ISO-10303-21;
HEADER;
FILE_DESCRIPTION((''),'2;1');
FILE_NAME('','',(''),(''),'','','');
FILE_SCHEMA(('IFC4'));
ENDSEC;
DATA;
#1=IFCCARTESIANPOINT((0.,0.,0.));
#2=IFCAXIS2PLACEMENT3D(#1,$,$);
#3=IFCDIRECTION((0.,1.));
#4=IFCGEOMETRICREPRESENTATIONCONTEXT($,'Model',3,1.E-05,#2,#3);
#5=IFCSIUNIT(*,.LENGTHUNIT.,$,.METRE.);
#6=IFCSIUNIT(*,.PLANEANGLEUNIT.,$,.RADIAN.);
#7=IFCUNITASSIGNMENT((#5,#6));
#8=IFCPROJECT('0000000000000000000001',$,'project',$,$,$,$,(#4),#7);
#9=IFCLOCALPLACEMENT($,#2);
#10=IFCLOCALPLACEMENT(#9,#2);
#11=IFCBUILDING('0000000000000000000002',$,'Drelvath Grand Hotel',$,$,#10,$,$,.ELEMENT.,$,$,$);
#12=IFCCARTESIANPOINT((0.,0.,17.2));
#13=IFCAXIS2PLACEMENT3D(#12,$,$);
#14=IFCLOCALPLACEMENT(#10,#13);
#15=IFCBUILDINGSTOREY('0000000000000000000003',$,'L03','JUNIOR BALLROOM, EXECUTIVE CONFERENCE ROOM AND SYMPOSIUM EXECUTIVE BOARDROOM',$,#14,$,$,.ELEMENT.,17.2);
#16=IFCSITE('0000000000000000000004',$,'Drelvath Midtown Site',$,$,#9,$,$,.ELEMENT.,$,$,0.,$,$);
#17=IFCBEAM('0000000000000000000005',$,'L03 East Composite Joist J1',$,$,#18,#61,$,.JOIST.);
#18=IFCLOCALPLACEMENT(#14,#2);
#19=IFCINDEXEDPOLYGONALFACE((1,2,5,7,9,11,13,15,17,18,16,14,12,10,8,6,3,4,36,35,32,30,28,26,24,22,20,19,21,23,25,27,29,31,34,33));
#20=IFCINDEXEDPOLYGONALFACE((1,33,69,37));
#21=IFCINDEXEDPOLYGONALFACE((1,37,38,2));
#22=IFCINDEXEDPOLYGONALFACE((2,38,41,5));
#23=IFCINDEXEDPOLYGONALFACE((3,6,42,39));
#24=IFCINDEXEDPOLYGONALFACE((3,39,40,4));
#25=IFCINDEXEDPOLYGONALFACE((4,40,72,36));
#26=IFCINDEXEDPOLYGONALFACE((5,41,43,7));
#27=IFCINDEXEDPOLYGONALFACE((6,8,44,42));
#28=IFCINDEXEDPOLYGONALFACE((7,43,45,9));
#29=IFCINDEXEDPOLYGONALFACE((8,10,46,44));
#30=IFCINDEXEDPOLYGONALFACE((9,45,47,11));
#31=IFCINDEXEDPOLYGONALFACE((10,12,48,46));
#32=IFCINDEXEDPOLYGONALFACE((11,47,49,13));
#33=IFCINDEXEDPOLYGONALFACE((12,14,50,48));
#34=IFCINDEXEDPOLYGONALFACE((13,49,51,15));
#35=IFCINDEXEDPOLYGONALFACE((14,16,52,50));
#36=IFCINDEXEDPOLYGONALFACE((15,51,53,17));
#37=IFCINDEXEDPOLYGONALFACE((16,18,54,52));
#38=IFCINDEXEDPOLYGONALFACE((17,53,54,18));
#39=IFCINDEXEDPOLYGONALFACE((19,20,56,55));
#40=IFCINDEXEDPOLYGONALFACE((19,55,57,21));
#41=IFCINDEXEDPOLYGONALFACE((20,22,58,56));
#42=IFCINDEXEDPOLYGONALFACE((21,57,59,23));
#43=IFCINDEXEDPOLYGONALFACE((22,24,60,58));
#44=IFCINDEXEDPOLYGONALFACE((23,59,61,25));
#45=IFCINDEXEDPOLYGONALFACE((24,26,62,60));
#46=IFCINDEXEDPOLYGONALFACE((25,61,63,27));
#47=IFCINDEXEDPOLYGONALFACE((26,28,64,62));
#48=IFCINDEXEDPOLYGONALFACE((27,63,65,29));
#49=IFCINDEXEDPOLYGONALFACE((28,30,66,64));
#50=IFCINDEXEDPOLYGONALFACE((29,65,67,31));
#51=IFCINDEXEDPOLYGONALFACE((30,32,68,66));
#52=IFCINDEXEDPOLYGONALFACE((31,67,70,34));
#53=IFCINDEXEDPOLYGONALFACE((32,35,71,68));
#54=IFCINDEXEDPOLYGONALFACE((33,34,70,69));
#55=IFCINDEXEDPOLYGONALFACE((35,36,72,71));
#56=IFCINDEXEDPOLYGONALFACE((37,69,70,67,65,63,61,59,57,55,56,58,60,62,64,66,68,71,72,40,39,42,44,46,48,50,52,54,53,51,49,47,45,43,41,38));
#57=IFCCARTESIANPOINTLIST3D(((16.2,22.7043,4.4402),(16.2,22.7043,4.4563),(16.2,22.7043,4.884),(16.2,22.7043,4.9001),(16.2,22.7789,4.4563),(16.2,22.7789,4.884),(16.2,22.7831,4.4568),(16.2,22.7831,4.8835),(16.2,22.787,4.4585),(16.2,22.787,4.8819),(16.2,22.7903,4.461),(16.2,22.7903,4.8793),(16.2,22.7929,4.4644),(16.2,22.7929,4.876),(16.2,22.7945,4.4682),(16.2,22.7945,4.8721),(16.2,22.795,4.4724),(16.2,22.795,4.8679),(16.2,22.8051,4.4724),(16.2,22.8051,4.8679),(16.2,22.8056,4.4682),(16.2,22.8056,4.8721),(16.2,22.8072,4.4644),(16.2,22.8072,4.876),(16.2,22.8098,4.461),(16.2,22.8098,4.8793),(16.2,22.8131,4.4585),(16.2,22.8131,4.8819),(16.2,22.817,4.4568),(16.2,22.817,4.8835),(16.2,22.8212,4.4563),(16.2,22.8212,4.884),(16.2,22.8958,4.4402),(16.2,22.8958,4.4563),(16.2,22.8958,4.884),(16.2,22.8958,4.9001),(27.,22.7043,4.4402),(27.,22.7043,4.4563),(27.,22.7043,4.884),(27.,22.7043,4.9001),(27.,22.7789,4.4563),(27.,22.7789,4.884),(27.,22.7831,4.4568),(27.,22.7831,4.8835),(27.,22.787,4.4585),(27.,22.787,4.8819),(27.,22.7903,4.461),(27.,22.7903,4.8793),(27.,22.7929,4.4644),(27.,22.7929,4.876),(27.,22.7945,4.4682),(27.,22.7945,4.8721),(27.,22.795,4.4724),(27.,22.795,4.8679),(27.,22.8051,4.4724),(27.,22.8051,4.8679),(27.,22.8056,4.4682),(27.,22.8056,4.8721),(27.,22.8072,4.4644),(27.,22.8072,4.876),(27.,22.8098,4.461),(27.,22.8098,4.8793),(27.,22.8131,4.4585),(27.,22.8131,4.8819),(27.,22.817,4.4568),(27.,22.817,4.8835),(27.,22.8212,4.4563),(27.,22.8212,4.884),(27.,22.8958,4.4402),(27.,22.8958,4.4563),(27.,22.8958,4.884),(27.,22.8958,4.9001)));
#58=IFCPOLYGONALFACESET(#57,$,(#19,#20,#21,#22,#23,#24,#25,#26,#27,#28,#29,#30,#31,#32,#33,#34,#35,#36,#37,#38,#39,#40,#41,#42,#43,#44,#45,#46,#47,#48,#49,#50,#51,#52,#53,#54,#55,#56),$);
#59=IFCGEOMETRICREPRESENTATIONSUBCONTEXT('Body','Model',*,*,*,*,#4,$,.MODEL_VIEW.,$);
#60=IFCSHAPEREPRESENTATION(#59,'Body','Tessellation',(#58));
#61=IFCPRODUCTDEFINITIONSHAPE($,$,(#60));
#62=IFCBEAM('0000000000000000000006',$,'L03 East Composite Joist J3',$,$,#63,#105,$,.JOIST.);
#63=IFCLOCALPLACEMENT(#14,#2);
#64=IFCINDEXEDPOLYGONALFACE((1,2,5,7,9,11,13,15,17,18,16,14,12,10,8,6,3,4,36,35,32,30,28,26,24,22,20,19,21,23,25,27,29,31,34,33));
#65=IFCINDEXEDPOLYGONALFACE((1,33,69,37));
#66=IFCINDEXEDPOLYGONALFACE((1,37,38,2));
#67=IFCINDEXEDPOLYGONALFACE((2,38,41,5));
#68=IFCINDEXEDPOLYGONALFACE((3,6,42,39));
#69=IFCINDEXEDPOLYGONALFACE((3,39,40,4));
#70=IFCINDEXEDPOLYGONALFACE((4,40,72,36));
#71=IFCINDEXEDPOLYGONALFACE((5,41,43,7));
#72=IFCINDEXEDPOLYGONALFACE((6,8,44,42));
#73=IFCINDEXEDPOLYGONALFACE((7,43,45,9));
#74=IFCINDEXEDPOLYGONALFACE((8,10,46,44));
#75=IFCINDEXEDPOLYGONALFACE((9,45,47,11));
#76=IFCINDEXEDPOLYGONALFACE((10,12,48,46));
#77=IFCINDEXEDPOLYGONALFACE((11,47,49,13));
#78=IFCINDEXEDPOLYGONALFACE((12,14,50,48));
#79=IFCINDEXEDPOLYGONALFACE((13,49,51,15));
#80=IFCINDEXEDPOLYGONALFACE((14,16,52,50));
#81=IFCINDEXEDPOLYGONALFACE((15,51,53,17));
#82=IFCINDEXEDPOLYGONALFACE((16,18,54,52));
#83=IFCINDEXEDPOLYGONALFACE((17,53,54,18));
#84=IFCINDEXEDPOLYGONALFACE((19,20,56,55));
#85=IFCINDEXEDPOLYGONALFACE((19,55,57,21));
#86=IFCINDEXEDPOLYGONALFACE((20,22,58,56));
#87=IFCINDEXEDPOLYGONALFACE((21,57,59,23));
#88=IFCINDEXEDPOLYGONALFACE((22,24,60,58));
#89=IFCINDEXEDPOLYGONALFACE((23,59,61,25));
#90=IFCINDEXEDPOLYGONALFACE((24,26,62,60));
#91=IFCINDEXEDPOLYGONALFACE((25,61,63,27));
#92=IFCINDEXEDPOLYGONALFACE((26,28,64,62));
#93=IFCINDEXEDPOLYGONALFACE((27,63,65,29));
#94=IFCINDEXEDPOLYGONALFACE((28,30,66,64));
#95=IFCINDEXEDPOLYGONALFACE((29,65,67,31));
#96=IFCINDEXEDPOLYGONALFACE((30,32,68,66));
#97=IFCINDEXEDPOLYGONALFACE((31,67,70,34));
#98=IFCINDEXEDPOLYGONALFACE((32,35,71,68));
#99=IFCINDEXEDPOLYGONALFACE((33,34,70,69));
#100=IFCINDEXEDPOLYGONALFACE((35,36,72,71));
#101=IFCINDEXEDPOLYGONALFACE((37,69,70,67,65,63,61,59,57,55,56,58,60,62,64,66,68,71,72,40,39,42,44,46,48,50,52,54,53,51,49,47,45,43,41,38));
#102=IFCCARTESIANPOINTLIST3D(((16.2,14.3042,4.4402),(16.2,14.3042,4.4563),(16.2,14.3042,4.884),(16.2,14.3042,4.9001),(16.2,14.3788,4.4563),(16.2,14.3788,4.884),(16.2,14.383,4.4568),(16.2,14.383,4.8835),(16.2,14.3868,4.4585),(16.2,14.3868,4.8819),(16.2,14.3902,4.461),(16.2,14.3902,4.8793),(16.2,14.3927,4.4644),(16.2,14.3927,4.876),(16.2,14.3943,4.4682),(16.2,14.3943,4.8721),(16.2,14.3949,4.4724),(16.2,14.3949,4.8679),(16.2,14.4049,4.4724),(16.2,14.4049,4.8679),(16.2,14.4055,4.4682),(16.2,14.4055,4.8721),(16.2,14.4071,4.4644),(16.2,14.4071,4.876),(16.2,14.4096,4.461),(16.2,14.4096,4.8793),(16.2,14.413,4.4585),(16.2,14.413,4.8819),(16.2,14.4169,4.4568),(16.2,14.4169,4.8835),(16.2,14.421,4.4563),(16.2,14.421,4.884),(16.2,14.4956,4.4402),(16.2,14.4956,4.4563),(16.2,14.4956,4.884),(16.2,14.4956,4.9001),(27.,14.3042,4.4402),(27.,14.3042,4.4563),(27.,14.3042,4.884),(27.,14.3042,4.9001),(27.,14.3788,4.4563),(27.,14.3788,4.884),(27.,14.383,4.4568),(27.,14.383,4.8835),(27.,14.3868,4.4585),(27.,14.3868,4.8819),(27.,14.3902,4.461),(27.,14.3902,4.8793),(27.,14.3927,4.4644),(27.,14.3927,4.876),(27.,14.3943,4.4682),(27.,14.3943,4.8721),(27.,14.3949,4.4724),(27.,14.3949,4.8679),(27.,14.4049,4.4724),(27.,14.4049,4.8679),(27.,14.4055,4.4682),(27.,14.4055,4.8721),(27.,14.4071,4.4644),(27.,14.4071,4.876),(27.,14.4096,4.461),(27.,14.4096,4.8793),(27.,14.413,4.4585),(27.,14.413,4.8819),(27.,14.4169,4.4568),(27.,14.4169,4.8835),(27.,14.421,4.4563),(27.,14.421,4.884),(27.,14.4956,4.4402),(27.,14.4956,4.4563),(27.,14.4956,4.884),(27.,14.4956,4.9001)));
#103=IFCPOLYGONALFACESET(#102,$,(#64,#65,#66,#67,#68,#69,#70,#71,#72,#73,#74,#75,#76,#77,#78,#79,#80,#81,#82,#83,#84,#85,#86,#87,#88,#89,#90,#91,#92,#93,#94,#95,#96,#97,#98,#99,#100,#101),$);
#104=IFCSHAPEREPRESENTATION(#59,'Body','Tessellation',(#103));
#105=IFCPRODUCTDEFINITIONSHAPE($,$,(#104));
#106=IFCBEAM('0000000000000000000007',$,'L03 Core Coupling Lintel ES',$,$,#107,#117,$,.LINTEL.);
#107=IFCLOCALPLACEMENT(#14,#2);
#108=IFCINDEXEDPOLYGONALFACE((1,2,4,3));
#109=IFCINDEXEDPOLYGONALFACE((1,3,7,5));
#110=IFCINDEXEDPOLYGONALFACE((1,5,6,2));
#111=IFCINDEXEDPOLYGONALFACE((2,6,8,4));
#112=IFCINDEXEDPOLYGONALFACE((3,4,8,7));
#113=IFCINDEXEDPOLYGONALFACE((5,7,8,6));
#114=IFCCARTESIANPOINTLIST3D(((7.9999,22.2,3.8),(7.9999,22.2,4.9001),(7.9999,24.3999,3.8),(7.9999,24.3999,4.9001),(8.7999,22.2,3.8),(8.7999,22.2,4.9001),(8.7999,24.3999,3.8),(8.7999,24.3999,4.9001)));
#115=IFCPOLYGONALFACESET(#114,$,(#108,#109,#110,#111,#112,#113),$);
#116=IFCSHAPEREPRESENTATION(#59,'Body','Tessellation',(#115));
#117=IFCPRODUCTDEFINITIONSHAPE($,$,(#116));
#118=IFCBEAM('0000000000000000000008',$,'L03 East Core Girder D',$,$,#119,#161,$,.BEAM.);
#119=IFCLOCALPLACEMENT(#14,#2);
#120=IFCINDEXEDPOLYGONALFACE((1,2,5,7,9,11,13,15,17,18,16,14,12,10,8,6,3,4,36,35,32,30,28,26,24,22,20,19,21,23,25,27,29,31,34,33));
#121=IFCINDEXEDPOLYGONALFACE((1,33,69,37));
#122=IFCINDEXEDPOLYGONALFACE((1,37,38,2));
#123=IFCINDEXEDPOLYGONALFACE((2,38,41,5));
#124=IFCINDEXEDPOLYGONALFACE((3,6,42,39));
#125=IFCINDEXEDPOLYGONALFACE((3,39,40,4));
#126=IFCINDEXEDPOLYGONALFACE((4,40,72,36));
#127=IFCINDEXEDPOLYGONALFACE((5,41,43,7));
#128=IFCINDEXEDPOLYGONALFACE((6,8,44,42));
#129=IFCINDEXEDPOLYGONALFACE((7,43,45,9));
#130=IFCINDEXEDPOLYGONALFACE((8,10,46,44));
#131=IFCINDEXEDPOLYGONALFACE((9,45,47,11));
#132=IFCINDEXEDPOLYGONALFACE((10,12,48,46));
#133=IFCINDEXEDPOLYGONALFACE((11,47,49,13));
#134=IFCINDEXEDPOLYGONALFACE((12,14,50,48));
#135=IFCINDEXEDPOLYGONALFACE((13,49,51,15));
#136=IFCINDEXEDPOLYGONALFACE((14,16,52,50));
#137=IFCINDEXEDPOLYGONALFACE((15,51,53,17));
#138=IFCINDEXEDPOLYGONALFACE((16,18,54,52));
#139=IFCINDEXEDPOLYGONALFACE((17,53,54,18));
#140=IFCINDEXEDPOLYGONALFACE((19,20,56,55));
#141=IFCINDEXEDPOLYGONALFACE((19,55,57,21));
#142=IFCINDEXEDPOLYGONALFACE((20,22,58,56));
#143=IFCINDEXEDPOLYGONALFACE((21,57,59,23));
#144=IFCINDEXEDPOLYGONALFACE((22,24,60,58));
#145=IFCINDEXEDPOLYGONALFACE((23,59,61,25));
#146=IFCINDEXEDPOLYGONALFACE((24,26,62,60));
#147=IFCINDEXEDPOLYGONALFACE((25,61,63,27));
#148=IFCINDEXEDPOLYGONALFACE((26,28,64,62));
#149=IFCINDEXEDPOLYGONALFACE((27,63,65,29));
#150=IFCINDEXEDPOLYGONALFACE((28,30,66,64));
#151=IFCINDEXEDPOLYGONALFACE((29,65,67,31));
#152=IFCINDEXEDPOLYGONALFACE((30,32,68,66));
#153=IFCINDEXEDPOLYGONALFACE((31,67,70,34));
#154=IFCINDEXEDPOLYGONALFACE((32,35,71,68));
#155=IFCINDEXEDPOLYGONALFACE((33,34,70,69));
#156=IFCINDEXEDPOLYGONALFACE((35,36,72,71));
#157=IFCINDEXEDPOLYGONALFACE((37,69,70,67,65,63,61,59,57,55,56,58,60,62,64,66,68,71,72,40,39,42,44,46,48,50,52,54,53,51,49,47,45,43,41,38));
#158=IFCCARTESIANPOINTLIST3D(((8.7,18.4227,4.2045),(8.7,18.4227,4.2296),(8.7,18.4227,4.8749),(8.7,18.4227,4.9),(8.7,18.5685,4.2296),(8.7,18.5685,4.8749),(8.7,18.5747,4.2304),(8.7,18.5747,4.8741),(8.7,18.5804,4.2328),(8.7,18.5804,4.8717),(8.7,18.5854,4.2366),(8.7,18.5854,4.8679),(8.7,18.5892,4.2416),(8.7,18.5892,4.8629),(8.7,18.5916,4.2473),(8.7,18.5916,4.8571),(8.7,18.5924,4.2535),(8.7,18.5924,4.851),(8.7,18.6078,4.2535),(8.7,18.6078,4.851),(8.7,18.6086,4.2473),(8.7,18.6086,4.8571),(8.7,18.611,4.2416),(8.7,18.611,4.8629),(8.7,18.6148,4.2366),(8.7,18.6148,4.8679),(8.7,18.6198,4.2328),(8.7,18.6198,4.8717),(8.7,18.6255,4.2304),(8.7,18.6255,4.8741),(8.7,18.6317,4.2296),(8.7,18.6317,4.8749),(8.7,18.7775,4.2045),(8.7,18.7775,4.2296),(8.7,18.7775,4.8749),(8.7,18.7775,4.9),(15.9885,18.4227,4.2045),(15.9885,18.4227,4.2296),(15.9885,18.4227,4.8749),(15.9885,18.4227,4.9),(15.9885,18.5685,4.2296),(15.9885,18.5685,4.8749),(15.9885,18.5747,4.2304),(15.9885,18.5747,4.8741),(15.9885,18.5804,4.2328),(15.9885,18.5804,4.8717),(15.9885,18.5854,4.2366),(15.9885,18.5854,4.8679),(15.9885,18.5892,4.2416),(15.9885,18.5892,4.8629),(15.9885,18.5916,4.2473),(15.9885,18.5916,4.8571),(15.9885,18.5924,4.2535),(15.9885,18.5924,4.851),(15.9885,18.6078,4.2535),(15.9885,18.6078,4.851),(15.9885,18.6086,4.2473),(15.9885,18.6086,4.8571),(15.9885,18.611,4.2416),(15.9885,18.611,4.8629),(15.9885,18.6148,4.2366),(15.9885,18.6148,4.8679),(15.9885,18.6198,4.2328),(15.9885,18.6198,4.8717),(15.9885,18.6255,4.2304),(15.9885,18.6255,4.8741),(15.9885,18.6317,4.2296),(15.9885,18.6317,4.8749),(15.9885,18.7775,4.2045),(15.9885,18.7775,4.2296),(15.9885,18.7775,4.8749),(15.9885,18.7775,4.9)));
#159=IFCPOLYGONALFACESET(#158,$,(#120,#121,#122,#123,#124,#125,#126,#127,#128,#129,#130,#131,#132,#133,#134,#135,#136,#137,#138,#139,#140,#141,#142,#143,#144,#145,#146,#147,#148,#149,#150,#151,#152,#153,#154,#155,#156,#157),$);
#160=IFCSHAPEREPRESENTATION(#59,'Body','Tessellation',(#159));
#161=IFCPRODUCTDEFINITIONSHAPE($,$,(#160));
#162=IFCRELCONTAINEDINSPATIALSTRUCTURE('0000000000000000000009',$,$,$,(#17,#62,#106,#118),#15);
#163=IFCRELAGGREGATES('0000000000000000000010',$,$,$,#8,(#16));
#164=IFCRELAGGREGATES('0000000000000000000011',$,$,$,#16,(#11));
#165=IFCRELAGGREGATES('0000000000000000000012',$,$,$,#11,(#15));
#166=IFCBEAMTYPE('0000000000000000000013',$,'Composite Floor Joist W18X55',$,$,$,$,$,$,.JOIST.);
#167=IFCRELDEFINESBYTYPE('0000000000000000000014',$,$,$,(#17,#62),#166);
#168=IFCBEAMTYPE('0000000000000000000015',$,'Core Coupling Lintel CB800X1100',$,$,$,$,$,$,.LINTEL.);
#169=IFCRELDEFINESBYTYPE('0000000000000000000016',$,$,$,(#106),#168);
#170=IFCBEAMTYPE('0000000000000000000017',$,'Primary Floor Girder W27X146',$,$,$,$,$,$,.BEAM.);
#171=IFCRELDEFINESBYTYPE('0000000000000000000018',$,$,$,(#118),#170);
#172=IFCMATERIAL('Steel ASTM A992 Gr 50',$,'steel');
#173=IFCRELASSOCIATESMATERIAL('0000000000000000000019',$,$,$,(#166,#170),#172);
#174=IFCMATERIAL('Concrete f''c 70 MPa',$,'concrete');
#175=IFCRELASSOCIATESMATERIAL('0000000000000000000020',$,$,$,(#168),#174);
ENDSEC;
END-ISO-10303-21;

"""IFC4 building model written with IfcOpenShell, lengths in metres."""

from ifc_helpers import new_model, si_unit, direction, frame, origin, origin_2d, place, context, subcontext, project, spatial, rectangle, i_section, extrude, material, material_profile, profile_set, type_object, element, save


model = new_model("IFC4")

# Units and contexts
model_context = context("Model", 3, precision=1e-05, world=origin(), true_north=direction((0.0, 1.0)))
body_context = subcontext(model_context, "Body", "Model", "MODEL_VIEW")
ifc_project = project(units=[si_unit("LENGTHUNIT", "METRE"), si_unit("PLANEANGLEUNIT", "RADIAN")], contexts=[model_context])

# Site, building, storey
site_placement = place(None, origin())
site = spatial("IfcSite", under=ifc_project, at=site_placement, Name="Drelvath Midtown Site", CompositionType="ELEMENT", RefElevation=0.0)
building_placement = place(site_placement, origin())
building = spatial("IfcBuilding", under=site, at=building_placement, Name="Drelvath Grand Hotel", CompositionType="ELEMENT")
storey_placement = place(building_placement, frame((0.0, 0.0, 17.2)))
storey = spatial("IfcBuildingStorey", under=building, at=storey_placement, Name="L03", Description="JUNIOR BALLROOM, EXECUTIVE CONFERENCE ROOM AND SYMPOSIUM EXECUTIVE BOARDROOM", CompositionType="ELEMENT", Elevation=17.2)

# Beams
ifc_material_1 = material(Name="Steel ASTM A992 Gr 50", Category="steel")
ifc_material_profile_1 = material_profile(ifc_material_1, i_section(OverallWidth=0.1914, OverallDepth=0.46, WebThickness=0.01, FlangeThickness=0.0161, FilletRadius=0.0161, at=origin_2d()), Name="W18X55")
ifc_profile_set_1 = profile_set([ifc_material_profile_1], Name="Steel ASTM A992 Gr 50")
beam_type_1 = type_object("IfcBeamType", Name="Composite Floor Joist W18X55", PredefinedType="JOIST", material=ifc_profile_set_1)
for number, where, z_axis, x_axis, name in (
    (1, (16.2, 22.8, 4.6702), (1.0, 0.0, 0.0), (0.0, 1.0, 0.0), "L03 East Composite Joist J1"),
    (2, (16.2, 14.3999, 4.6702), (1.0, 0.0, 0.0), (0.0, 1.0, 0.0), "L03 East Composite Joist J3"),
):
    element("IfcBeam", number, at=place(storey_placement, frame(where, z_axis=z_axis, x_axis=x_axis)), inside=storey, type_object=beam_type_1, Name=name, PredefinedType="JOIST", context=body_context, shape_type="SweptSolid", body=[
        extrude(i_section(OverallWidth=0.1914, OverallDepth=0.46, WebThickness=0.01, FlangeThickness=0.0161, FilletRadius=0.0161, at=origin_2d()), origin(), (0.0, 0.0, 1.0), 10.8),
    ])
ifc_material_2 = material(Name="Concrete f'c 70 MPa", Category="concrete")
ifc_material_profile_2 = material_profile(ifc_material_2, rectangle(XDim=0.8, YDim=1.1001, at=origin_2d()), Name="CB800X1100")
ifc_profile_set_2 = profile_set([ifc_material_profile_2], Name="Concrete f'c 70 MPa")
beam_type_2 = type_object("IfcBeamType", Name="Core Coupling Lintel CB800X1100", PredefinedType="LINTEL", material=ifc_profile_set_2)
beam_1_placement = place(storey_placement, frame((8.3999, 22.2, 4.3501), z_axis=(0.0, 1.0, 0.0), x_axis=(-1.0, 0.0, 0.0)))
element("IfcBeam", 3, at=beam_1_placement, inside=storey, type_object=beam_type_2, Name="L03 Core Coupling Lintel ES", PredefinedType="LINTEL", context=body_context, shape_type="SweptSolid", body=[
    extrude(rectangle(XDim=0.8, YDim=1.1001, at=origin_2d()), origin(), (0.0, 0.0, 1.0), 2.2),
])
ifc_material_profile_3 = material_profile(ifc_material_1, i_section(OverallWidth=0.3547, OverallDepth=0.6956, WebThickness=0.0154, FlangeThickness=0.0251, FilletRadius=0.0239, at=origin_2d()), Name="W27X146")
ifc_profile_set_3 = profile_set([ifc_material_profile_3], Name="Steel ASTM A992 Gr 50")
beam_type_3 = type_object("IfcBeamType", Name="Primary Floor Girder W27X146", PredefinedType="BEAM", material=ifc_profile_set_3)
beam_2_placement = place(storey_placement, frame((8.7, 18.6001, 4.5522), z_axis=(1.0, 0.0, 0.0), x_axis=(0.0, 1.0, 0.0)))
element("IfcBeam", 4, at=beam_2_placement, inside=storey, type_object=beam_type_3, Name="L03 East Core Girder D", PredefinedType="BEAM", context=body_context, shape_type="SweptSolid", body=[
    extrude(i_section(OverallWidth=0.3547, OverallDepth=0.6956, WebThickness=0.0154, FlangeThickness=0.0251, FilletRadius=0.0239, at=origin_2d()), origin(), (0.0, 0.0, 1.0), 7.2886),
])

save(model, "model.ifc")
